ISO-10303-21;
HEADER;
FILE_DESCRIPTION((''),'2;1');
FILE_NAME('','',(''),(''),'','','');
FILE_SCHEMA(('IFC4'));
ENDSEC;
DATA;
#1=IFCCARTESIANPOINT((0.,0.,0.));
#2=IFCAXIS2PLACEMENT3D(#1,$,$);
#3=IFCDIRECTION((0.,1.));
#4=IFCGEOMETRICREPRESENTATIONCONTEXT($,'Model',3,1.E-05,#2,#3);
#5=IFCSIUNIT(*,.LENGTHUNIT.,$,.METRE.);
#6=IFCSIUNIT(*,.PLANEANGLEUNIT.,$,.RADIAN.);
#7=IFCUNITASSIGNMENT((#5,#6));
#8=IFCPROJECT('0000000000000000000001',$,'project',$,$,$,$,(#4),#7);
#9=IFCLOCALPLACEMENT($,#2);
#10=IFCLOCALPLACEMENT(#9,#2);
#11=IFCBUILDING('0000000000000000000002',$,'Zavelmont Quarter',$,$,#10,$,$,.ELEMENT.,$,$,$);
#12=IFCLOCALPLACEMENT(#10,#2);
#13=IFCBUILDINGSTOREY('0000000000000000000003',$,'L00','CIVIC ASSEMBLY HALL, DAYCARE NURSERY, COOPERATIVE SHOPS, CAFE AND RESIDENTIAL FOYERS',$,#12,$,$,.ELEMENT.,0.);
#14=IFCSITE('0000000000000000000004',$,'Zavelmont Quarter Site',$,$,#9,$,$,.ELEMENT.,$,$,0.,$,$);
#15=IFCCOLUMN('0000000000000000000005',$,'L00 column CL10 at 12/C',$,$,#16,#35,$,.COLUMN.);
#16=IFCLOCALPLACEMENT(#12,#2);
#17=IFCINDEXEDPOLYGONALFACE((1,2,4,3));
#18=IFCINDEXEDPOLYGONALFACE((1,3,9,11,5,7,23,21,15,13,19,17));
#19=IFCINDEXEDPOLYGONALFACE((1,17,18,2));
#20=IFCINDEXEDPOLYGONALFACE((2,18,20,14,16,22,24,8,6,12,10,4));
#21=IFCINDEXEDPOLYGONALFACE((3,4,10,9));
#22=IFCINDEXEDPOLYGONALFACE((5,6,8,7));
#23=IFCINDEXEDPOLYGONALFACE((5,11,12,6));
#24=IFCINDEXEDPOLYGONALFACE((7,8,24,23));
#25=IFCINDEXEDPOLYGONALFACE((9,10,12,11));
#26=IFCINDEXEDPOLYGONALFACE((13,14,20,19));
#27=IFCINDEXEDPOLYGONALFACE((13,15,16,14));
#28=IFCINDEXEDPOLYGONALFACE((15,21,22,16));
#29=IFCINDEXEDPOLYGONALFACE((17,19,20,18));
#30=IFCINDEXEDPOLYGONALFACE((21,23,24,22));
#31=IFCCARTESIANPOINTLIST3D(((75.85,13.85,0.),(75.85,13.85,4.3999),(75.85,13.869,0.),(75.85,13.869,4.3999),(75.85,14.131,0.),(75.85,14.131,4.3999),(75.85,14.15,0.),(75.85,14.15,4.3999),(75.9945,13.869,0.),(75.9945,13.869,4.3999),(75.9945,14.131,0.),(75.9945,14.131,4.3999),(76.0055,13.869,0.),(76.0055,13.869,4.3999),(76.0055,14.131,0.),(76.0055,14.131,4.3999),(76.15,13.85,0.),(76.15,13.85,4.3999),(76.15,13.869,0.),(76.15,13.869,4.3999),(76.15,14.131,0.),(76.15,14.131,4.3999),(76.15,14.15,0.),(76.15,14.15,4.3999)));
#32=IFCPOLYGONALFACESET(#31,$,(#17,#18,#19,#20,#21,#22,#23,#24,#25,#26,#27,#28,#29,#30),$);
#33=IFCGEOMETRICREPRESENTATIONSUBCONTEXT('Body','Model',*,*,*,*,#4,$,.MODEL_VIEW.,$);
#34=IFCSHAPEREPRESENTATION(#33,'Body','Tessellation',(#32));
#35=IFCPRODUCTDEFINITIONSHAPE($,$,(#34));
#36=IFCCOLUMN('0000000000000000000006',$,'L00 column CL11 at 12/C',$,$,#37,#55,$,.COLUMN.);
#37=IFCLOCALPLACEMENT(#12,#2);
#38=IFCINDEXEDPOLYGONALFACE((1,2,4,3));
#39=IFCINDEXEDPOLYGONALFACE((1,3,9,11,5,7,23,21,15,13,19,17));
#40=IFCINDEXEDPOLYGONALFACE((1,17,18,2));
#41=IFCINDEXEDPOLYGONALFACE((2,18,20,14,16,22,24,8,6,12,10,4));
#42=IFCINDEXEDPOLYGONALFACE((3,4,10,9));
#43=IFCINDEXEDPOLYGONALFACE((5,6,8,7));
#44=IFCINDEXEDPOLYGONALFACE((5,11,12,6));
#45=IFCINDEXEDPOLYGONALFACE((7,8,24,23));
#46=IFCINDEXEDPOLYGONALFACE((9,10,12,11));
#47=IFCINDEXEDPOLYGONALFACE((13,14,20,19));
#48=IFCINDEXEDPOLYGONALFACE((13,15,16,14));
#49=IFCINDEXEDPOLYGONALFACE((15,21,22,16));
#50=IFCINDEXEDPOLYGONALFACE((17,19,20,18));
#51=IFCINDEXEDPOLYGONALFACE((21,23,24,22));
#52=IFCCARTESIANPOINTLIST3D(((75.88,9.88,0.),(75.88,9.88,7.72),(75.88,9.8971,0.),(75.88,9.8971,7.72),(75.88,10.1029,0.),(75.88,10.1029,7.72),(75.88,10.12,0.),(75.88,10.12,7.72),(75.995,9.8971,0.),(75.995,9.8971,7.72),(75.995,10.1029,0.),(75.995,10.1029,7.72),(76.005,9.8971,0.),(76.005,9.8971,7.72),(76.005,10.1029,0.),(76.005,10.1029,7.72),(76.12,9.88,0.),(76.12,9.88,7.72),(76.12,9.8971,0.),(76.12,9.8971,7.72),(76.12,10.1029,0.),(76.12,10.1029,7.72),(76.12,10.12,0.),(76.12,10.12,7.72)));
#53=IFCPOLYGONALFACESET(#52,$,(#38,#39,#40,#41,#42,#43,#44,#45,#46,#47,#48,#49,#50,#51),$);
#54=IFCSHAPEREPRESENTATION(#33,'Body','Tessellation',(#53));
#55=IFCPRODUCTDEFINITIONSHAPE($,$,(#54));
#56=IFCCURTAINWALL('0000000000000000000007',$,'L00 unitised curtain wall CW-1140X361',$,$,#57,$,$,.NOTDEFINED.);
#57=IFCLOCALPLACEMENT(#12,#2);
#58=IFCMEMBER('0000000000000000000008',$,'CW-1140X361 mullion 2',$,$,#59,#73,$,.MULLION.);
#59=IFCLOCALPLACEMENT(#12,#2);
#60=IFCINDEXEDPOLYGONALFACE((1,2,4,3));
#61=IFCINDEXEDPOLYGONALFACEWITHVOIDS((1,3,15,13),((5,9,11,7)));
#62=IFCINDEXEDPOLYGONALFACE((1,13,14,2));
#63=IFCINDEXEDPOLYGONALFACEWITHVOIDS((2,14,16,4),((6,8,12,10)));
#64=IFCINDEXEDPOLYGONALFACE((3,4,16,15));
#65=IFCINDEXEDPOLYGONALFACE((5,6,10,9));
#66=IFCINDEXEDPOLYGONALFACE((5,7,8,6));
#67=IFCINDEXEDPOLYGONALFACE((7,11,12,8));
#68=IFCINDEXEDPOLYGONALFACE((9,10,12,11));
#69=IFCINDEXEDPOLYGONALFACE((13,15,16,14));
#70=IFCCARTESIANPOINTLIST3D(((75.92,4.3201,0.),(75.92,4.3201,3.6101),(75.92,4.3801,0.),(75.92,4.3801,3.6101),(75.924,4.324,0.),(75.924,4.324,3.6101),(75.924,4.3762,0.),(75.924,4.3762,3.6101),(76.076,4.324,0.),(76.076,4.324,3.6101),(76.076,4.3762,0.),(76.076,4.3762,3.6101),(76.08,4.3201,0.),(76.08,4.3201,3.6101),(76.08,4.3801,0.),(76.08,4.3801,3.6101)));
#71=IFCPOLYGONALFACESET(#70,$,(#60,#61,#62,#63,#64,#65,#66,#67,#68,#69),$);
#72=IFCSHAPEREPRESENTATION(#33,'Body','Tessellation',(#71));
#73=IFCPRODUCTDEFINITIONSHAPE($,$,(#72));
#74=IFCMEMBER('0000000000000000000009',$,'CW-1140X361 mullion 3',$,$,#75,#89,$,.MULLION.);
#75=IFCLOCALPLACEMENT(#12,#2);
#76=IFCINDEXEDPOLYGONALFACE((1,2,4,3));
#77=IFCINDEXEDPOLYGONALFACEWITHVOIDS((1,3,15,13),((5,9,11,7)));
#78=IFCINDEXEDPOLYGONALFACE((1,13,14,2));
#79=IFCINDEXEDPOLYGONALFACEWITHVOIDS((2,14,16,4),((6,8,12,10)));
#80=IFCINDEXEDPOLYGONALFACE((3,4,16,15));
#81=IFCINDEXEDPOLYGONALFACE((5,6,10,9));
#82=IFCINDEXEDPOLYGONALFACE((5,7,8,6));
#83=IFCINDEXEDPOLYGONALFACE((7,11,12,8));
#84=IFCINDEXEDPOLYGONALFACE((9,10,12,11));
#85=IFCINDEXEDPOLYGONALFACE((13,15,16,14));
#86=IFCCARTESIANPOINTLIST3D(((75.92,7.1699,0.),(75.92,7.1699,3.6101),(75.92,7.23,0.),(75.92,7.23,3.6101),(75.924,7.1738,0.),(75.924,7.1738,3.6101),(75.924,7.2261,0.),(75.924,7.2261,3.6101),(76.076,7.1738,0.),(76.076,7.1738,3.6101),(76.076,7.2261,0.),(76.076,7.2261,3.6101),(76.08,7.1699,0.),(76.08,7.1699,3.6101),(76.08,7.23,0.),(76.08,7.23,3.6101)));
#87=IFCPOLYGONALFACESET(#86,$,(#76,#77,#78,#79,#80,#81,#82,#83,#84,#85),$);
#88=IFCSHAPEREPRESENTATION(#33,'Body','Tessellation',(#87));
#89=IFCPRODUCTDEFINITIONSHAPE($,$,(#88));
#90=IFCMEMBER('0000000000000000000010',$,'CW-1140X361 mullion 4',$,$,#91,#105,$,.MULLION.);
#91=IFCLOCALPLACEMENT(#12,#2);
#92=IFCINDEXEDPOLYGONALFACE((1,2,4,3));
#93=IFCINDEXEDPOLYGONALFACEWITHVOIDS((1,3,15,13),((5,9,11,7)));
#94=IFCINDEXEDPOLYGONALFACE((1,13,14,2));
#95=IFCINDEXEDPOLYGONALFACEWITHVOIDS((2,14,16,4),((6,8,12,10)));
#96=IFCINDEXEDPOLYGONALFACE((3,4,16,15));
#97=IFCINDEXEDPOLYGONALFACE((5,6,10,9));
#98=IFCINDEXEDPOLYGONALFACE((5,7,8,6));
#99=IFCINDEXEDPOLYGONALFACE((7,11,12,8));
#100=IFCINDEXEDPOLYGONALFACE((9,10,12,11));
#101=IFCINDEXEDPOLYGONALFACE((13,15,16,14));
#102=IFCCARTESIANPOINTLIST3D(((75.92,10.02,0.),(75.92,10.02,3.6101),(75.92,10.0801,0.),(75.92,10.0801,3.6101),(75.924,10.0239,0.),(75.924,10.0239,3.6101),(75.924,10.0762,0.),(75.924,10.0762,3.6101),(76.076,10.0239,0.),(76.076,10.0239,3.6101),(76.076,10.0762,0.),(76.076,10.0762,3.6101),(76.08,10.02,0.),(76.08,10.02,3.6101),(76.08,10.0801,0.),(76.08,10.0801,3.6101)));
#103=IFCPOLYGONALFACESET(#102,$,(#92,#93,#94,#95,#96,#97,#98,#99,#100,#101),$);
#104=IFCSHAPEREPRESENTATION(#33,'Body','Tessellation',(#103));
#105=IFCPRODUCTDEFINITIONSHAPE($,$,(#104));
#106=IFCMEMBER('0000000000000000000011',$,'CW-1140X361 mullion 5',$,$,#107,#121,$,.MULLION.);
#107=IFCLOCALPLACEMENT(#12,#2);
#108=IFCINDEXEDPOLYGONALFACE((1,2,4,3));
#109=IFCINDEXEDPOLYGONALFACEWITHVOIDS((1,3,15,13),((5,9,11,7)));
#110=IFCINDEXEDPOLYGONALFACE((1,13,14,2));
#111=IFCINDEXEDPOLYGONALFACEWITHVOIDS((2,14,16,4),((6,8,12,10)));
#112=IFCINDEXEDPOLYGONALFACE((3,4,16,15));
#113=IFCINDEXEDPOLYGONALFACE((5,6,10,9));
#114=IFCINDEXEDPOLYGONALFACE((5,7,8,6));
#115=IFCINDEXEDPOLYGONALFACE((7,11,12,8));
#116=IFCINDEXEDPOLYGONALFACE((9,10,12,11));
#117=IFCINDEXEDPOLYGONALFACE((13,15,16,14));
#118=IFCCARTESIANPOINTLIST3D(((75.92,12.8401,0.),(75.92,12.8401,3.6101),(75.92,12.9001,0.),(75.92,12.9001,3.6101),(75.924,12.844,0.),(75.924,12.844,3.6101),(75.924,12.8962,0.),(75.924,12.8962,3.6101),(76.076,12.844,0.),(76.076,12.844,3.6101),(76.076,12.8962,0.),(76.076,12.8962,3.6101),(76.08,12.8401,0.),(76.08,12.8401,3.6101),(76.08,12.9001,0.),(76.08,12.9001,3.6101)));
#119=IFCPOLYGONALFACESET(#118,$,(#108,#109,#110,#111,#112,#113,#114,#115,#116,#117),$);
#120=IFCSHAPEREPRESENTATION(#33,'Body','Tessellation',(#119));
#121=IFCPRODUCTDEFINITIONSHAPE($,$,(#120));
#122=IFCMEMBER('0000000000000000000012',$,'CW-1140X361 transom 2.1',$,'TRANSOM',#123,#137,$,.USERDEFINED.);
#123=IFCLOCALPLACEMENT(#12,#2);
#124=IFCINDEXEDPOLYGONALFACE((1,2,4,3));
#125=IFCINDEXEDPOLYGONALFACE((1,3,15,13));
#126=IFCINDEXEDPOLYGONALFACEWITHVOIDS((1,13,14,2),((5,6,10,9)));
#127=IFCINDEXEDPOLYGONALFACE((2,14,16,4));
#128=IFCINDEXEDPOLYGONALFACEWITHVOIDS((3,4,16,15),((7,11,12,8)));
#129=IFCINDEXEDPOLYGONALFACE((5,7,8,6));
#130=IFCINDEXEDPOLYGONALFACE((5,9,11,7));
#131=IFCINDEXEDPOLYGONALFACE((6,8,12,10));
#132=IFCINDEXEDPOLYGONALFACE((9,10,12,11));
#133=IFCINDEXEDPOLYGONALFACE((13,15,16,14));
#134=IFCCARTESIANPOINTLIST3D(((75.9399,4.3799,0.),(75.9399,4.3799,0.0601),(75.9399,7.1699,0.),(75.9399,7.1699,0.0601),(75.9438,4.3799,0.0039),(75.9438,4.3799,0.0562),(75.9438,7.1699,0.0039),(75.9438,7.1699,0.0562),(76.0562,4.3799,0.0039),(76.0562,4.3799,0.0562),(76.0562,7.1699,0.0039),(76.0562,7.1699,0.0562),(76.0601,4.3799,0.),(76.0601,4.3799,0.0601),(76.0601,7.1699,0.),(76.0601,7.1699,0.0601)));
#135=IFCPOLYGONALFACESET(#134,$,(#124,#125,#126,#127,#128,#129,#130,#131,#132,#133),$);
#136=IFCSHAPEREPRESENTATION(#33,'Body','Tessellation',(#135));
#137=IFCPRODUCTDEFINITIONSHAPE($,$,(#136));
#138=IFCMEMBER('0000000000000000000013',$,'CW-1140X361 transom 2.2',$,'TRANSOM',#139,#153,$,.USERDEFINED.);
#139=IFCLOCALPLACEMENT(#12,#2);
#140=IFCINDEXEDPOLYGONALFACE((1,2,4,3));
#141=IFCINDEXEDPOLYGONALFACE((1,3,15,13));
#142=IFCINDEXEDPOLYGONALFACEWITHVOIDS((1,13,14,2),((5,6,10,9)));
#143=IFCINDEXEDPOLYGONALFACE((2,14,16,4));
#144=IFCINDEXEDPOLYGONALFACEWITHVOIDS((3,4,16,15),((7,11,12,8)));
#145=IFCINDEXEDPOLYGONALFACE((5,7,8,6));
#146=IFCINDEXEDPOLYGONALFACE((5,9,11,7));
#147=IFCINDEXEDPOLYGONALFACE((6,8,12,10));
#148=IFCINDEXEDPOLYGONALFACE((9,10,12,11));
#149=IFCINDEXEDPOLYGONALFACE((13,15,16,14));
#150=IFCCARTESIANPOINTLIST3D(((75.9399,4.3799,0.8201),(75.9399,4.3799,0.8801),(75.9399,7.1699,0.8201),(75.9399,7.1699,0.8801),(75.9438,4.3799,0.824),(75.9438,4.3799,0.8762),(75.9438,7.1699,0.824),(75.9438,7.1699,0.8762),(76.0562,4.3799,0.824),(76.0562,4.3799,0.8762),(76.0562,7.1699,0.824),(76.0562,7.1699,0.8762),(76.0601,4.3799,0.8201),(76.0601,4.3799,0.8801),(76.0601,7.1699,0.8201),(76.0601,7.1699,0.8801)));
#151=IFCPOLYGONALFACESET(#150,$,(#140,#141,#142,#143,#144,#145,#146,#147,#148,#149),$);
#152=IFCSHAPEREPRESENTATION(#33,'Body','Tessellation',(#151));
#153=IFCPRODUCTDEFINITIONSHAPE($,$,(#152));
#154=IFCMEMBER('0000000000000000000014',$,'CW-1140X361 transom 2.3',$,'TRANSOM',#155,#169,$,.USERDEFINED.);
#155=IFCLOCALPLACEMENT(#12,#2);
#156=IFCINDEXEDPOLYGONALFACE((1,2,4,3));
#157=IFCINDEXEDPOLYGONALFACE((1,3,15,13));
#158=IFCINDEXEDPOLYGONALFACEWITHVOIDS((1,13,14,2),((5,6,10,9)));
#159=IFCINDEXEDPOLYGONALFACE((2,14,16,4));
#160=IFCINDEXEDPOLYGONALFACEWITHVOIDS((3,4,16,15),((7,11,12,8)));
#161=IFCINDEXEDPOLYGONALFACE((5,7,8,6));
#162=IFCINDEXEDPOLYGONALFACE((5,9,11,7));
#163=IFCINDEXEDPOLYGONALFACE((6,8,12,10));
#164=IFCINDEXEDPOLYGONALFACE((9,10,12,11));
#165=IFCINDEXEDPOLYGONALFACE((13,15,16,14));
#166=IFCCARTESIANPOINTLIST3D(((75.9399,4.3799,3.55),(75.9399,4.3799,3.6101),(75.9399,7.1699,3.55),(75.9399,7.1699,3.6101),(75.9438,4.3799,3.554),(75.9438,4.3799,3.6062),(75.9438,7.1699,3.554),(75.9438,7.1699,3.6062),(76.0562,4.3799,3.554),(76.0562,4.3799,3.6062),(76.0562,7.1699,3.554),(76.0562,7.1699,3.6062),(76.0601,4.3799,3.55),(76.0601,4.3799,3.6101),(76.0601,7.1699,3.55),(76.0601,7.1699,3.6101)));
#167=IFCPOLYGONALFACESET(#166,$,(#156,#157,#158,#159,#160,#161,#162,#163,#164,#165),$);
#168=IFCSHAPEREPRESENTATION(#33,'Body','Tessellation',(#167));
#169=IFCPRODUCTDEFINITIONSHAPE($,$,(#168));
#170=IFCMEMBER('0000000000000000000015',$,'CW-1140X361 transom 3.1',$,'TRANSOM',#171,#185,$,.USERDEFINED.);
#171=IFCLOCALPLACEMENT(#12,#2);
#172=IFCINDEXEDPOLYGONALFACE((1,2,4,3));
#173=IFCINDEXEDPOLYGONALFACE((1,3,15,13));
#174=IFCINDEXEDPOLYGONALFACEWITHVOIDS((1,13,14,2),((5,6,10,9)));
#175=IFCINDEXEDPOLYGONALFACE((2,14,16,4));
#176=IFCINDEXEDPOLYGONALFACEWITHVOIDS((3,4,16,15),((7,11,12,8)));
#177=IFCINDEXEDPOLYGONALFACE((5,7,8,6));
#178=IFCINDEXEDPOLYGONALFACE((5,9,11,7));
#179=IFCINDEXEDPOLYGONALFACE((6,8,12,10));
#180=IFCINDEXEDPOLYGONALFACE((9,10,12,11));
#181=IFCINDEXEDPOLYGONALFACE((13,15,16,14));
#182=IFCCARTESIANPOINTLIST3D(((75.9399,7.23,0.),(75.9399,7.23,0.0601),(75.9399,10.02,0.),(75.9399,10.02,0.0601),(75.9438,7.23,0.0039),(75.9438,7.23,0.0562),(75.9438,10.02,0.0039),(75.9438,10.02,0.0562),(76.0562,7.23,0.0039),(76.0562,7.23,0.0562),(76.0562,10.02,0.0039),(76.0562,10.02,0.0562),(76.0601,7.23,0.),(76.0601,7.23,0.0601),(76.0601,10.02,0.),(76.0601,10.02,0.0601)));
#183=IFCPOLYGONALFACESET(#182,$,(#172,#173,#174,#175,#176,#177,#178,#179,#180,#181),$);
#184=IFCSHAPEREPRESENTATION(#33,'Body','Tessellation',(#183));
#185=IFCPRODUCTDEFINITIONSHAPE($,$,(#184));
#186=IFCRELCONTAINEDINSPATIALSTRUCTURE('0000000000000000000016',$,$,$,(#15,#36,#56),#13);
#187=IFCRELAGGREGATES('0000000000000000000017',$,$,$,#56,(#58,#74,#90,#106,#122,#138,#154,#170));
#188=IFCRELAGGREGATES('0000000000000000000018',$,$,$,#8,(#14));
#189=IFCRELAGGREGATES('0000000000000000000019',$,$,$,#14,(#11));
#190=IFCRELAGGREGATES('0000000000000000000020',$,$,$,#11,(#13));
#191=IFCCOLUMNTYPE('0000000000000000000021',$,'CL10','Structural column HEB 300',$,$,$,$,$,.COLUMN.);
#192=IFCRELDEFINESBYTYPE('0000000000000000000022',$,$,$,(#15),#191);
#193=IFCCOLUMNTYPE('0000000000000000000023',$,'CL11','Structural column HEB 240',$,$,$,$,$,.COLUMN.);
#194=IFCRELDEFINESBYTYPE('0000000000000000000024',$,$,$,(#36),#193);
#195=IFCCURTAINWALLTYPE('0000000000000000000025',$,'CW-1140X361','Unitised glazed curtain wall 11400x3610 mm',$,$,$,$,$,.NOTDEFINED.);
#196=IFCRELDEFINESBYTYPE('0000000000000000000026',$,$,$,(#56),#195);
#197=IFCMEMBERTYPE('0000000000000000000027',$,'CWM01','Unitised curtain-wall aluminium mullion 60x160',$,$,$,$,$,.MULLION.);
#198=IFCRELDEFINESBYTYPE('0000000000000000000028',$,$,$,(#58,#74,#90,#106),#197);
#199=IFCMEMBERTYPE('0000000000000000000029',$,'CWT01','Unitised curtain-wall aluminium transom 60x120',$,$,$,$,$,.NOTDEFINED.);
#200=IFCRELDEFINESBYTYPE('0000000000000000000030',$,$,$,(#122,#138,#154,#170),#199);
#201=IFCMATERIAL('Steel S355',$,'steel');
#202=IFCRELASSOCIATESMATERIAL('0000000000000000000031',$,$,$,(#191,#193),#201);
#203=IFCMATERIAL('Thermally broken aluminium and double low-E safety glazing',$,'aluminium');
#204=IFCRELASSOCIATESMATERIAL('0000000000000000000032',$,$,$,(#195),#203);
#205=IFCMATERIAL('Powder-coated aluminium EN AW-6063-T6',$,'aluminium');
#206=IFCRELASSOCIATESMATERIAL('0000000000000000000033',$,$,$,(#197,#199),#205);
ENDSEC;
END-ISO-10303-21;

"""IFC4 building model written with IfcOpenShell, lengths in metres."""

from ifc_helpers import new_model, si_unit, direction, frame, origin, origin_2d, place, context, subcontext, project, spatial, hollow_rectangle, i_section, extrude, material, material_profile, profile_set, type_object, element, aggregate, save


model = new_model("IFC4")

# Units and contexts
model_context = context("Model", 3, precision=1e-05, world=origin(), true_north=direction((0.0, 1.0)))
body_context = subcontext(model_context, "Body", "Model", "MODEL_VIEW")
ifc_project = project(units=[si_unit("LENGTHUNIT", "METRE"), si_unit("PLANEANGLEUNIT", "RADIAN")], contexts=[model_context])

# Site, building, storey
site_placement = place(None, origin())
site = spatial("IfcSite", under=ifc_project, at=site_placement, Name="Zavelmont Quarter Site", CompositionType="ELEMENT", RefElevation=0.0)
building_placement = place(site_placement, origin())
building = spatial("IfcBuilding", under=site, at=building_placement, Name="Zavelmont Quarter", CompositionType="ELEMENT")
storey_placement = place(building_placement, origin())
storey = spatial("IfcBuildingStorey", under=building, at=storey_placement, Name="L00", Description="CIVIC ASSEMBLY HALL, DAYCARE NURSERY, COOPERATIVE SHOPS, CAFE AND RESIDENTIAL FOYERS", CompositionType="ELEMENT", Elevation=0.0)

# Columns
ifc_material_1 = material(Name="Steel S355", Category="steel")
ifc_material_profile_1 = material_profile(ifc_material_1, i_section(OverallWidth=0.3, OverallDepth=0.3, WebThickness=0.011, FlangeThickness=0.019, at=origin_2d()), Name="HEB 300")
ifc_profile_set_1 = profile_set([ifc_material_profile_1], Name="Steel S355")
column_type_1 = type_object("IfcColumnType", Name="CL10", Description="Structural column HEB 300", PredefinedType="COLUMN", material=ifc_profile_set_1)
column_1_placement = place(storey_placement, frame((76.0, 14.0, 0.0), z_axis=(0.0, 0.0, 1.0), x_axis=(1.0, 0.0, 0.0)))
element("IfcColumn", 1, at=column_1_placement, inside=storey, type_object=column_type_1, Name="L00 column CL10 at 12/C", PredefinedType="COLUMN", context=body_context, shape_type="SweptSolid", body=[
    extrude(i_section(OverallWidth=0.3, OverallDepth=0.3, WebThickness=0.011, FlangeThickness=0.019, at=origin_2d()), origin(), (0.0, 0.0, 1.0), 4.3999),
])
ifc_material_profile_2 = material_profile(ifc_material_1, i_section(OverallWidth=0.24, OverallDepth=0.24, WebThickness=0.01, FlangeThickness=0.0171, at=origin_2d()), Name="HEB 240")
ifc_profile_set_2 = profile_set([ifc_material_profile_2], Name="Steel S355")
column_type_2 = type_object("IfcColumnType", Name="CL11", Description="Structural column HEB 240", PredefinedType="COLUMN", material=ifc_profile_set_2)
column_2_placement = place(storey_placement, frame((76.0, 10.0, 0.0), z_axis=(0.0, 0.0, 1.0), x_axis=(1.0, 0.0, 0.0)))
element("IfcColumn", 2, at=column_2_placement, inside=storey, type_object=column_type_2, Name="L00 column CL11 at 12/C", PredefinedType="COLUMN", context=body_context, shape_type="SweptSolid", body=[
    extrude(i_section(OverallWidth=0.24, OverallDepth=0.24, WebThickness=0.01, FlangeThickness=0.0171, at=origin_2d()), origin(), (0.0, 0.0, 1.0), 7.72),
])

# Curtain wall, members
ifc_material_2 = material(Name="Thermally broken aluminium and double low-E safety glazing", Category="aluminium")
curtain_wall_type = type_object("IfcCurtainWallType", Name="CW-1140X361", Description="Unitised glazed curtain wall 11400x3610 mm", PredefinedType="NOTDEFINED", material=ifc_material_2)
curtain_wall_placement = place(storey_placement, origin())
curtain_wall = element("IfcCurtainWall", 3, at=curtain_wall_placement, inside=storey, type_object=curtain_wall_type, Name="L00 unitised curtain wall CW-1140X361", PredefinedType="NOTDEFINED")
ifc_material_3 = material(Name="Powder-coated aluminium EN AW-6063-T6", Category="aluminium")
ifc_material_profile_3 = material_profile(ifc_material_3, hollow_rectangle(XDim=0.0601, YDim=0.1599, WallThickness=0.0039, at=origin_2d()), Name="CWM60X160")
ifc_profile_set_3 = profile_set([ifc_material_profile_3], Name="Powder-coated aluminium EN AW-6063-T6")
member_type_1 = type_object("IfcMemberType", Name="CWM01", Description="Unitised curtain-wall aluminium mullion 60x160", PredefinedType="MULLION", material=ifc_profile_set_3)
member_1_placement = place(storey_placement, frame((76.0, 4.3501, 0.0), z_axis=(0.0, 0.0, 1.0), x_axis=(0.0, 1.0, 0.0)))
member_1 = element("IfcMember", 4, at=member_1_placement, type_object=member_type_1, Name="CW-1140X361 mullion 2", PredefinedType="MULLION", context=body_context, shape_type="SweptSolid", body=[
    extrude(hollow_rectangle(XDim=0.0601, YDim=0.1599, WallThickness=0.0039, at=origin_2d()), origin(), (0.0, 0.0, 1.0), 3.6101),
])
member_2_placement = place(storey_placement, frame((76.0, 7.2, 0.0), z_axis=(0.0, 0.0, 1.0), x_axis=(0.0, 1.0, 0.0)))
member_2 = element("IfcMember", 5, at=member_2_placement, type_object=member_type_1, Name="CW-1140X361 mullion 3", PredefinedType="MULLION", context=body_context, shape_type="SweptSolid", body=[
    extrude(hollow_rectangle(XDim=0.0601, YDim=0.1599, WallThickness=0.0039, at=origin_2d()), origin(), (0.0, 0.0, 1.0), 3.6101),
])
member_3_placement = place(storey_placement, frame((76.0, 10.05, 0.0), z_axis=(0.0, 0.0, 1.0), x_axis=(0.0, 1.0, 0.0)))
member_3 = element("IfcMember", 6, at=member_3_placement, type_object=member_type_1, Name="CW-1140X361 mullion 4", PredefinedType="MULLION", context=body_context, shape_type="SweptSolid", body=[
    extrude(hollow_rectangle(XDim=0.0601, YDim=0.1599, WallThickness=0.0039, at=origin_2d()), origin(), (0.0, 0.0, 1.0), 3.6101),
])
member_4_placement = place(storey_placement, frame((76.0, 12.8701, 0.0), z_axis=(0.0, 0.0, 1.0), x_axis=(0.0, 1.0, 0.0)))
member_4 = element("IfcMember", 7, at=member_4_placement, type_object=member_type_1, Name="CW-1140X361 mullion 5", PredefinedType="MULLION", context=body_context, shape_type="SweptSolid", body=[
    extrude(hollow_rectangle(XDim=0.0601, YDim=0.1599, WallThickness=0.0039, at=origin_2d()), origin(), (0.0, 0.0, 1.0), 3.6101),
])
ifc_material_profile_4 = material_profile(ifc_material_3, hollow_rectangle(XDim=0.1201, YDim=0.0601, WallThickness=0.0039, at=origin_2d()), Name="CWT60X120")
ifc_profile_set_4 = profile_set([ifc_material_profile_4], Name="Powder-coated aluminium EN AW-6063-T6")
member_type_2 = type_object("IfcMemberType", Name="CWT01", Description="Unitised curtain-wall aluminium transom 60x120", PredefinedType="NOTDEFINED", material=ifc_profile_set_4)
member_5_placement = place(storey_placement, frame((76.0, 4.3799, 0.03), z_axis=(0.0, 1.0, 0.0), x_axis=(-1.0, 0.0, 0.0)))
member_5 = element("IfcMember", 8, at=member_5_placement, type_object=member_type_2, Name="CW-1140X361 transom 2.1", ObjectType="TRANSOM", PredefinedType="USERDEFINED", context=body_context, shape_type="SweptSolid", body=[
    extrude(hollow_rectangle(XDim=0.1201, YDim=0.0601, WallThickness=0.0039, at=origin_2d()), origin(), (0.0, 0.0, 1.0), 2.79),
])
member_6_placement = place(storey_placement, frame((76.0, 4.3799, 0.8501), z_axis=(0.0, 1.0, 0.0), x_axis=(-1.0, 0.0, 0.0)))
member_6 = element("IfcMember", 9, at=member_6_placement, type_object=member_type_2, Name="CW-1140X361 transom 2.2", ObjectType="TRANSOM", PredefinedType="USERDEFINED", context=body_context, shape_type="SweptSolid", body=[
    extrude(hollow_rectangle(XDim=0.1201, YDim=0.0601, WallThickness=0.0039, at=origin_2d()), origin(), (0.0, 0.0, 1.0), 2.79),
])
member_7_placement = place(storey_placement, frame((76.0, 4.3799, 3.5801), z_axis=(0.0, 1.0, 0.0), x_axis=(-1.0, 0.0, 0.0)))
member_7 = element("IfcMember", 10, at=member_7_placement, type_object=member_type_2, Name="CW-1140X361 transom 2.3", ObjectType="TRANSOM", PredefinedType="USERDEFINED", context=body_context, shape_type="SweptSolid", body=[
    extrude(hollow_rectangle(XDim=0.1201, YDim=0.0601, WallThickness=0.0039, at=origin_2d()), origin(), (0.0, 0.0, 1.0), 2.79),
])
member_8_placement = place(storey_placement, frame((76.0, 7.23, 0.03), z_axis=(0.0, 1.0, 0.0), x_axis=(-1.0, 0.0, 0.0)))
member_8 = element("IfcMember", 11, at=member_8_placement, type_object=member_type_2, Name="CW-1140X361 transom 3.1", ObjectType="TRANSOM", PredefinedType="USERDEFINED", context=body_context, shape_type="SweptSolid", body=[
    extrude(hollow_rectangle(XDim=0.1201, YDim=0.0601, WallThickness=0.0039, at=origin_2d()), origin(), (0.0, 0.0, 1.0), 2.79),
])
aggregate(curtain_wall, [member_1, member_2, member_3, member_4, member_5, member_6, member_7, member_8])

save(model, "model.ifc")
